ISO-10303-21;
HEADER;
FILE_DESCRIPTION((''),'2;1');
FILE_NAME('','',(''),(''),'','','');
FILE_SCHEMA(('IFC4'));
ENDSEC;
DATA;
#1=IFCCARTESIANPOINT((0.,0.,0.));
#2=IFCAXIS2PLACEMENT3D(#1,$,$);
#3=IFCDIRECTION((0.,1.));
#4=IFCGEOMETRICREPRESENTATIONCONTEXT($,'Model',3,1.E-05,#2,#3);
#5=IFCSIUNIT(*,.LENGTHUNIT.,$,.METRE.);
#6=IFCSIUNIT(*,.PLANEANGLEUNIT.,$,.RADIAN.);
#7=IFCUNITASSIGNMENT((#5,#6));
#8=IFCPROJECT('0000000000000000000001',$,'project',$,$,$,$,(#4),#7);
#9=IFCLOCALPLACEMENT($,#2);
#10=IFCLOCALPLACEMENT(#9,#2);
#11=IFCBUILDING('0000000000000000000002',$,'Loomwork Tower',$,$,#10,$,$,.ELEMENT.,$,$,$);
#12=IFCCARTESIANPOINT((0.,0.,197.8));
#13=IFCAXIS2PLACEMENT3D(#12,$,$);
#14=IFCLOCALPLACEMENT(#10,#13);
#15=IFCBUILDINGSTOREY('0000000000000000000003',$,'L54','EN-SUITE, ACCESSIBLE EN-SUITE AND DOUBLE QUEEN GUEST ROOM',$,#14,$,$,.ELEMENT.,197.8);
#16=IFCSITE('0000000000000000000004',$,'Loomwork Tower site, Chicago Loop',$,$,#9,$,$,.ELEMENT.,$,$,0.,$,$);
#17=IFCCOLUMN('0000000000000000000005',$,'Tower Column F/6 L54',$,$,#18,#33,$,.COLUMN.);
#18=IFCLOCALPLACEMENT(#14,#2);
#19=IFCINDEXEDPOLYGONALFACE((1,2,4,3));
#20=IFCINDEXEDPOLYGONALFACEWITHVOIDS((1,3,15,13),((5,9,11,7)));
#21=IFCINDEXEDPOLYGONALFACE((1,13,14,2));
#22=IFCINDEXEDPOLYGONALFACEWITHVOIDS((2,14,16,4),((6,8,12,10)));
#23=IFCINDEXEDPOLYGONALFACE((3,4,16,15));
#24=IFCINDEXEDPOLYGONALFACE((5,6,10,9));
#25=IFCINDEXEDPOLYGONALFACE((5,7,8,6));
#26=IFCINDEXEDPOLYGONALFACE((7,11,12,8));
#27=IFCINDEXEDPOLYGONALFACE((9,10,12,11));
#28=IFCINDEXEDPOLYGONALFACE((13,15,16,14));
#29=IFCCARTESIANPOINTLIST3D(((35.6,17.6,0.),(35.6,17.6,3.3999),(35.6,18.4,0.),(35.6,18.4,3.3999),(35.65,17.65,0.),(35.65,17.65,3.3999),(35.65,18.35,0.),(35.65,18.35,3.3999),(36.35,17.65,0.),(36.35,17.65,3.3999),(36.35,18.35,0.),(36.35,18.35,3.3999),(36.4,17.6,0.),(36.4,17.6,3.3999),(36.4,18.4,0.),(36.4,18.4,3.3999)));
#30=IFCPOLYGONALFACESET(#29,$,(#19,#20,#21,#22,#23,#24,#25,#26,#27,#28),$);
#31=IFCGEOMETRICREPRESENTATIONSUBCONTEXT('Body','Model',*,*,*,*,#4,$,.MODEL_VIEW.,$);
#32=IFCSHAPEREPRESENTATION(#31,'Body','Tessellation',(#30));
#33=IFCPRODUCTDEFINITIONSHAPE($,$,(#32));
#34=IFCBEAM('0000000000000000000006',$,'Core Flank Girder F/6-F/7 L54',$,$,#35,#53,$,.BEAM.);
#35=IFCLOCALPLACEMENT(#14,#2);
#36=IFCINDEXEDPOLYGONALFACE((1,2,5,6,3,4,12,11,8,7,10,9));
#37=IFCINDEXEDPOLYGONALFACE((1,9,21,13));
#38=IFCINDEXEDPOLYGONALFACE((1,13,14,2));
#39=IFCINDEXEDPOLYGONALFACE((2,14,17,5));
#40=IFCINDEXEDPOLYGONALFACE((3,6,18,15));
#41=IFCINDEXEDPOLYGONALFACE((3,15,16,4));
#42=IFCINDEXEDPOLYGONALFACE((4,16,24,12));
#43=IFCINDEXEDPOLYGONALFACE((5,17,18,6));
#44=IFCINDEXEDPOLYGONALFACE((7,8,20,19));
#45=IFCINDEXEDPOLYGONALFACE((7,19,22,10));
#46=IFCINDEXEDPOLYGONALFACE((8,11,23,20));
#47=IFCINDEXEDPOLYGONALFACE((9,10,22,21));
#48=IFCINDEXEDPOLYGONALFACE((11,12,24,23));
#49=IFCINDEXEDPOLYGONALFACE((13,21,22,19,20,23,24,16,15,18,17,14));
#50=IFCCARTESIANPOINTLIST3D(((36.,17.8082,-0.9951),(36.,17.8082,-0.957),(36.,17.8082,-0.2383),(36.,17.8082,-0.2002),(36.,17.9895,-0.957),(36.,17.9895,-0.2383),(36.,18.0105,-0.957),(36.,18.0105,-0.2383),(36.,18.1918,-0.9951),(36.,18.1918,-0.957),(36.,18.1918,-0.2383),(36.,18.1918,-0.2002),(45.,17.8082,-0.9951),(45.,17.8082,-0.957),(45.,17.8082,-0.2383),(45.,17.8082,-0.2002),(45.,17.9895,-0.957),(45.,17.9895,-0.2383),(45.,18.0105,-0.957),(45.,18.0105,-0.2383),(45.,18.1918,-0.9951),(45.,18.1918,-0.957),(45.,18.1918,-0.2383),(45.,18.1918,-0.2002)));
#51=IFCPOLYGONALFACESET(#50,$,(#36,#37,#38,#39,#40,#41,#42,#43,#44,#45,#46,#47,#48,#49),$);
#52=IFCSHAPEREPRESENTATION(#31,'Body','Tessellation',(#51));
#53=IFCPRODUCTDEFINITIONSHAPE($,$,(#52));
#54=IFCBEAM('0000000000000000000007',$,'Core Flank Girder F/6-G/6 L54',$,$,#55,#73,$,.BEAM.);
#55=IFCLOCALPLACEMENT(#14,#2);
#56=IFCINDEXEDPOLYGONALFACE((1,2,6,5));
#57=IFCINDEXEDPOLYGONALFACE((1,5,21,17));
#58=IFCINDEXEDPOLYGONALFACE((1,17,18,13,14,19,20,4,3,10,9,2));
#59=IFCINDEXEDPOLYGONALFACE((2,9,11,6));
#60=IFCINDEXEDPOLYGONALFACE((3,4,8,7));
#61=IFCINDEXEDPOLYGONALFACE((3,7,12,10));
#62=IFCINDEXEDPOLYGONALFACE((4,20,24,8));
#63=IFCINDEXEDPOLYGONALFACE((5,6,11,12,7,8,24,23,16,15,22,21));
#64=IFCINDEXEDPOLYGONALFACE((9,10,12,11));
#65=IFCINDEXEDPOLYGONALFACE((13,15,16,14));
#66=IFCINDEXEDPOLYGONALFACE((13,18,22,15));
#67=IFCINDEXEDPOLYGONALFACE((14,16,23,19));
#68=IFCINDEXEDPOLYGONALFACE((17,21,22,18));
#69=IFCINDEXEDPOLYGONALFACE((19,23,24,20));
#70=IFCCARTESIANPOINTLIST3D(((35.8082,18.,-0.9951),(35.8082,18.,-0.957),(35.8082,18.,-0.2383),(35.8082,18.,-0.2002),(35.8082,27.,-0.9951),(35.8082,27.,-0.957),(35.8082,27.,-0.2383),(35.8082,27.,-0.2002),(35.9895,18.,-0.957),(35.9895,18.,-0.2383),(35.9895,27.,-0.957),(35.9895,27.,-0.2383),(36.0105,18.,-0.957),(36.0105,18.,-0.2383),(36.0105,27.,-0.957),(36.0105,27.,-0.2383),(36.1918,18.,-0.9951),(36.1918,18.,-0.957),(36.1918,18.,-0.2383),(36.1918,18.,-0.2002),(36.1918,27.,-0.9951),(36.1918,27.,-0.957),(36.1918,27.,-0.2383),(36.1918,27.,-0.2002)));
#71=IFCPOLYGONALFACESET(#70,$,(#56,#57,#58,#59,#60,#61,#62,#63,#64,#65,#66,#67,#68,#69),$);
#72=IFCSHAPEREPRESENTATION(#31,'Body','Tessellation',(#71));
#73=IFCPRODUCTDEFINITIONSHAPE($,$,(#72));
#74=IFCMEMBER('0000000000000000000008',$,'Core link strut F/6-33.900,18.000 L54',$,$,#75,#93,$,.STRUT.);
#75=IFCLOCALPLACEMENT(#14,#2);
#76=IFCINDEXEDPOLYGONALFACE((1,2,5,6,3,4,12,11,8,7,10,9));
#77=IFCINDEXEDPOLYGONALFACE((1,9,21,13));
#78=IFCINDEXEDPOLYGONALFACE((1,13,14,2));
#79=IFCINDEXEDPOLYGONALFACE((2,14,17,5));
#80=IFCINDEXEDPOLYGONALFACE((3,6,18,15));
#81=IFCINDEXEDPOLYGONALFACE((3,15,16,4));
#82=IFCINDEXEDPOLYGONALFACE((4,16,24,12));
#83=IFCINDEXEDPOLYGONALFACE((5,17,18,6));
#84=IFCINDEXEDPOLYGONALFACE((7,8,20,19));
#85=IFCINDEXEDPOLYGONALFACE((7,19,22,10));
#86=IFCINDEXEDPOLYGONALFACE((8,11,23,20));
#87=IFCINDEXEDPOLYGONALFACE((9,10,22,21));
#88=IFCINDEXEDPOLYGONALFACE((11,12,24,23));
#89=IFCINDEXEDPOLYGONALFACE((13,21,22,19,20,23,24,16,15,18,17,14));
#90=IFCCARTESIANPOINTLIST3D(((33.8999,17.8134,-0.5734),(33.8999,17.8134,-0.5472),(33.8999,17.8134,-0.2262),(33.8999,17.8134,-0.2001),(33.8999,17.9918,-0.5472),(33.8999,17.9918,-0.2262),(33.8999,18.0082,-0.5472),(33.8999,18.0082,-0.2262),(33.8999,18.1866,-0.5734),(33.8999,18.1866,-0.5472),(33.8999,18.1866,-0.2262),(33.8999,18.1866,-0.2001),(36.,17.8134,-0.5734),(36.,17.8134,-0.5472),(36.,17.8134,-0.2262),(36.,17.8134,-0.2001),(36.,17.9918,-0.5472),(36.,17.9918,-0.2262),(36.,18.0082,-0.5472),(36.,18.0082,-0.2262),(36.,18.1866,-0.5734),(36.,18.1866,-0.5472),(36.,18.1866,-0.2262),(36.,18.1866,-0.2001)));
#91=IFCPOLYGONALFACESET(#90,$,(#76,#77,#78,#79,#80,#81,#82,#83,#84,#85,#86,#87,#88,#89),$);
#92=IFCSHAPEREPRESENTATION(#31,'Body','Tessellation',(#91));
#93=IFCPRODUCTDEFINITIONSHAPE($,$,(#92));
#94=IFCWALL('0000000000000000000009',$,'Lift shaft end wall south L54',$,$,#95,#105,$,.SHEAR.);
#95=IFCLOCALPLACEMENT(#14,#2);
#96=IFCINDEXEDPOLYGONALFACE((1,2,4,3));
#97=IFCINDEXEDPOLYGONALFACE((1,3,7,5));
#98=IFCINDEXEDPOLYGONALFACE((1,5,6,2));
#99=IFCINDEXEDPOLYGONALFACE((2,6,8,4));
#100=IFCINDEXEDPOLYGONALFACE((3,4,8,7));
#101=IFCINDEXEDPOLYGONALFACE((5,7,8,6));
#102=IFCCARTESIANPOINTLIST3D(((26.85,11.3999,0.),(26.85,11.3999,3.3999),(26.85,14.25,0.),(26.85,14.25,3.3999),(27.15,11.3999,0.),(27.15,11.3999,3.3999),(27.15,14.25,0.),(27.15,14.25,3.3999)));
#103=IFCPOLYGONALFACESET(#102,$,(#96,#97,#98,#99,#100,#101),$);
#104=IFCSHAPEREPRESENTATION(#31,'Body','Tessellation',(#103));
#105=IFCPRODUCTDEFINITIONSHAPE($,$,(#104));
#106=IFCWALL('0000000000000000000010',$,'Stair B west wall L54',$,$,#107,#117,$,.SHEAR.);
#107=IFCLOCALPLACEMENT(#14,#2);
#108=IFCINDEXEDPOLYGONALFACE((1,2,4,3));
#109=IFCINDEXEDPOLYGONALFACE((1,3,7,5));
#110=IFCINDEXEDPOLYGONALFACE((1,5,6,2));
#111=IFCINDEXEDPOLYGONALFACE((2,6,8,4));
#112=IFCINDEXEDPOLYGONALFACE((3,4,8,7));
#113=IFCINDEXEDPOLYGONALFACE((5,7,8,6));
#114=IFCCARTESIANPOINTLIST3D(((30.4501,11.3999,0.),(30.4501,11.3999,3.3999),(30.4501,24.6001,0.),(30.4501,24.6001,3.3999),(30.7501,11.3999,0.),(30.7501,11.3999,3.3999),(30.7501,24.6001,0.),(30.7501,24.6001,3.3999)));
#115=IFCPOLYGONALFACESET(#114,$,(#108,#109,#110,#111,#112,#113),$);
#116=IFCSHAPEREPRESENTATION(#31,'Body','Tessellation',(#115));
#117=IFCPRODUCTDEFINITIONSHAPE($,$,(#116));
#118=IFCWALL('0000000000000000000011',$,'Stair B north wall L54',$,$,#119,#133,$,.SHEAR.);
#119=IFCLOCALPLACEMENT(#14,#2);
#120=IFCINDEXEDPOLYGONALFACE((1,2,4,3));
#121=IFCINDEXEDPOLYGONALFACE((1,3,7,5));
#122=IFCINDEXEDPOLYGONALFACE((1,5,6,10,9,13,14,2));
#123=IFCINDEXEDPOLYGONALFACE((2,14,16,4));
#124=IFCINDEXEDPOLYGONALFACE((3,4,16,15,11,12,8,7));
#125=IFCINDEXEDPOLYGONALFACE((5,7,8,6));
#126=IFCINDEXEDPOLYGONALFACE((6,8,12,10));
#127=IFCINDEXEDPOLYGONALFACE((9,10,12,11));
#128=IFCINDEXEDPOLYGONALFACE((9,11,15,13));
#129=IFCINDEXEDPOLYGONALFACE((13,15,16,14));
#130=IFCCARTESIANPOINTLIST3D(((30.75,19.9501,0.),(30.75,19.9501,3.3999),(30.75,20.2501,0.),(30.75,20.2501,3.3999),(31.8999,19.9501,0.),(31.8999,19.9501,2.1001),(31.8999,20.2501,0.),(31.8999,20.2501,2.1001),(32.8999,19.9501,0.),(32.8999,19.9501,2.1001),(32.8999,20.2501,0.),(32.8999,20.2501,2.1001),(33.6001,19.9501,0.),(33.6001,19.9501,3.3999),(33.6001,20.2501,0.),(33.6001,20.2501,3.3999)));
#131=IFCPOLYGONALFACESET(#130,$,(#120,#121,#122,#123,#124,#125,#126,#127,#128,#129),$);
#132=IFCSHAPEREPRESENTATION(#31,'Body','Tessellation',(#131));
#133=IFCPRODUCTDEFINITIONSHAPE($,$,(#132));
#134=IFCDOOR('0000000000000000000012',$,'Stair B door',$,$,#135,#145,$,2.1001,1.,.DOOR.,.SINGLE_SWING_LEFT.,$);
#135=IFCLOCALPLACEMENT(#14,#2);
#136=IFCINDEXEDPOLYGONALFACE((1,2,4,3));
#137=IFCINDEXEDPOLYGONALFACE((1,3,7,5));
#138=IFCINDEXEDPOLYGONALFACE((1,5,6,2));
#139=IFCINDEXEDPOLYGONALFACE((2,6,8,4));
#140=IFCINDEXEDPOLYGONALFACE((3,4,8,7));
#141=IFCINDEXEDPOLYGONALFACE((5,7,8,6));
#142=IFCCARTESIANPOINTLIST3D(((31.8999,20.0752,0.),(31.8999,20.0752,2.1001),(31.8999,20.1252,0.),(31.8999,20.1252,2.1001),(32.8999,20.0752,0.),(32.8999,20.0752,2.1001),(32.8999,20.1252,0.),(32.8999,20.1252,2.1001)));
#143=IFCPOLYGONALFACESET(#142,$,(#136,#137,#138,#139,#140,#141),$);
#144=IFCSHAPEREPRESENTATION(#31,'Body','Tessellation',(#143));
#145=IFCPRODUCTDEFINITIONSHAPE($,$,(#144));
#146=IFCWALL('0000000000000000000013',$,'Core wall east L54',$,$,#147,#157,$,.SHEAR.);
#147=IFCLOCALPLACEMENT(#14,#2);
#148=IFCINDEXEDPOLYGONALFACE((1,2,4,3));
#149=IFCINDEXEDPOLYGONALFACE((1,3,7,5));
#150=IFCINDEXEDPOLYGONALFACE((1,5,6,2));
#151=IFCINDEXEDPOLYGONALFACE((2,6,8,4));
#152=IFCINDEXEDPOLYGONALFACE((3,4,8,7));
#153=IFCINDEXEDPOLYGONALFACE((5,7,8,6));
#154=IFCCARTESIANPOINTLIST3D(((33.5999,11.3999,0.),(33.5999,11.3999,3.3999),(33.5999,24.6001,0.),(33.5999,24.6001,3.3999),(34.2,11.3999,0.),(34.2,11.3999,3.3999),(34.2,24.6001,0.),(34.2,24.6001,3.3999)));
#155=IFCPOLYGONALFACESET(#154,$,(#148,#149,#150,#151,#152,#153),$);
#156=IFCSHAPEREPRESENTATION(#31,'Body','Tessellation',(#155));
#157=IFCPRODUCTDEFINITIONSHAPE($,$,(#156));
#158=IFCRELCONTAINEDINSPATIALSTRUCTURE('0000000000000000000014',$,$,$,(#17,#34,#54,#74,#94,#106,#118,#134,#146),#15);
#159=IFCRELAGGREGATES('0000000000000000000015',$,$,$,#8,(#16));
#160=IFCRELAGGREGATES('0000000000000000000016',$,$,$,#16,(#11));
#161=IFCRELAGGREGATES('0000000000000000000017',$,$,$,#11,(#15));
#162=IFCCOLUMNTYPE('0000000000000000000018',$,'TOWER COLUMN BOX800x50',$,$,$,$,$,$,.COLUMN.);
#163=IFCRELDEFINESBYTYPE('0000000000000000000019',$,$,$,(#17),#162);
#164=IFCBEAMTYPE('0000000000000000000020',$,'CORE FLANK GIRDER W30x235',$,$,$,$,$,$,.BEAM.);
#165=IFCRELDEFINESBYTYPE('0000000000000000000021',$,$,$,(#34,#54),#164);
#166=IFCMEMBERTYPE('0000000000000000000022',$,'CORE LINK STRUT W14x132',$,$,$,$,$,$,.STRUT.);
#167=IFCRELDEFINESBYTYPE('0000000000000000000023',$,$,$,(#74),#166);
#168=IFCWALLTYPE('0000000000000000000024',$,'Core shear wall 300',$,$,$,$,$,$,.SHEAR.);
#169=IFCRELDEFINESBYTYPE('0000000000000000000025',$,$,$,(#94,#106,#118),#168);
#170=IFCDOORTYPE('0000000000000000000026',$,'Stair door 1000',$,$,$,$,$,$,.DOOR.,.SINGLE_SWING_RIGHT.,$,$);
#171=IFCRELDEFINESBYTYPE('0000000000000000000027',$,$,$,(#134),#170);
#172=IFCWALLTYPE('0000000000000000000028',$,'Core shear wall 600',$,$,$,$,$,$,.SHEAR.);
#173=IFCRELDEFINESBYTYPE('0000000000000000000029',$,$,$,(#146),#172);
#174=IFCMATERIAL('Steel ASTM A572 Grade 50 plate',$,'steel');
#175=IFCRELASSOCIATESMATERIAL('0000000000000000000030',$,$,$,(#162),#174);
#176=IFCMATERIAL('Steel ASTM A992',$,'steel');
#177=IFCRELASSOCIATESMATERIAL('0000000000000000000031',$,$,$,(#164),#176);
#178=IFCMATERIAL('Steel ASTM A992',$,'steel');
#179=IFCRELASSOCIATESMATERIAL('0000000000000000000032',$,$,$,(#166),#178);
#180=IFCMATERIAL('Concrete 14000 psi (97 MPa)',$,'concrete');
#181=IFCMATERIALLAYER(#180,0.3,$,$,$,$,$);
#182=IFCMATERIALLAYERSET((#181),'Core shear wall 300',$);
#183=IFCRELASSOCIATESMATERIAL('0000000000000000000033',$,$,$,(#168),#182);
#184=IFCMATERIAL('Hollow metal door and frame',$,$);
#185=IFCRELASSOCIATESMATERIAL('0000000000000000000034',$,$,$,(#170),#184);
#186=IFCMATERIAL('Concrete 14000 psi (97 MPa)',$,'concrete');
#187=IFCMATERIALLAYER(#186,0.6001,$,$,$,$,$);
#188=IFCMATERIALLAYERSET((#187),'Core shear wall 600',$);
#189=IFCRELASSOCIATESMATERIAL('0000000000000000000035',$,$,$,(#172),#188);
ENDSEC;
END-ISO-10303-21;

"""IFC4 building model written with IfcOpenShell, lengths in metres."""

from ifc_helpers import new_model, si_unit, direction, frame, frame_2d, origin, origin_2d, place, context, subcontext, project, spatial, rectangle, hollow_rectangle, i_section, extrude, material, layer, layer_set, material_profile, profile_set, type_object, element, fill, save


model = new_model("IFC4")

# Units and contexts
model_context = context("Model", 3, precision=1e-05, world=origin(), true_north=direction((0.0, 1.0)))
body_context = subcontext(model_context, "Body", "Model", "MODEL_VIEW")
ifc_project = project(units=[si_unit("LENGTHUNIT", "METRE"), si_unit("PLANEANGLEUNIT", "RADIAN")], contexts=[model_context])

# Site, building, storey
site_placement = place(None, origin())
site = spatial("IfcSite", under=ifc_project, at=site_placement, Name="Loomwork Tower site, Chicago Loop", CompositionType="ELEMENT", RefElevation=0.0)
building_placement = place(site_placement, origin())
building = spatial("IfcBuilding", under=site, at=building_placement, Name="Loomwork Tower", CompositionType="ELEMENT")
storey_placement = place(building_placement, frame((0.0, 0.0, 197.8)))
storey = spatial("IfcBuildingStorey", under=building, at=storey_placement, Name="L54", Description="EN-SUITE, ACCESSIBLE EN-SUITE AND DOUBLE QUEEN GUEST ROOM", CompositionType="ELEMENT", Elevation=197.8)

# Column
ifc_material_1 = material(Name="Steel ASTM A572 Grade 50 plate", Category="steel")
ifc_material_profile_1 = material_profile(ifc_material_1, hollow_rectangle(XDim=0.8, YDim=0.8, WallThickness=0.05, at=origin_2d()), Name="BOX800x50")
ifc_profile_set_1 = profile_set([ifc_material_profile_1], Name="Steel ASTM A572 Grade 50 plate")
column_type = type_object("IfcColumnType", Name="TOWER COLUMN BOX800x50", PredefinedType="COLUMN", material=ifc_profile_set_1)
column_placement = place(storey_placement, frame((36.0, 18.0, 0.0), z_axis=(0.0, 0.0, 1.0), x_axis=(0.0, 1.0, 0.0)))
element("IfcColumn", 1, at=column_placement, inside=storey, type_object=column_type, Name="Tower Column F/6 L54", PredefinedType="COLUMN", context=body_context, shape_type="SweptSolid", body=[
    extrude(hollow_rectangle(XDim=0.8, YDim=0.8, WallThickness=0.05, at=origin_2d()), origin(), (0.0, 0.0, 1.0), 3.3999),
])

# Beams
ifc_material_2 = material(Name="Steel ASTM A992", Category="steel")
ifc_material_profile_2 = material_profile(ifc_material_2, i_section(OverallWidth=0.3835, OverallDepth=0.7949, WebThickness=0.021, FlangeThickness=0.0381, at=origin_2d()), Name="W30x235")
ifc_profile_set_2 = profile_set([ifc_material_profile_2], Name="Steel ASTM A992")
beam_type = type_object("IfcBeamType", Name="CORE FLANK GIRDER W30x235", PredefinedType="BEAM", material=ifc_profile_set_2)
for number, where, z_axis, x_axis, name in (
    (2, (36.0, 18.0, -0.5977), (1.0, 0.0, 0.0), (0.0, 1.0, 0.0), "Core Flank Girder F/6-F/7 L54"),
    (3, (36.0, 18.0, -0.5977), (0.0, 1.0, 0.0), (-1.0, 0.0, 0.0), "Core Flank Girder F/6-G/6 L54"),
):
    element("IfcBeam", number, at=place(storey_placement, frame(where, z_axis=z_axis, x_axis=x_axis)), inside=storey, type_object=beam_type, Name=name, PredefinedType="BEAM", context=body_context, shape_type="SweptSolid", body=[
        extrude(i_section(OverallWidth=0.3835, OverallDepth=0.7949, WebThickness=0.021, FlangeThickness=0.0381, at=origin_2d()), origin(), (0.0, 0.0, 1.0), 9.0),
    ])

# Member
ifc_material_3 = material(Name="Steel ASTM A992", Category="steel")
ifc_material_profile_3 = material_profile(ifc_material_3, i_section(OverallWidth=0.3733, OverallDepth=0.3733, WebThickness=0.0164, FlangeThickness=0.0261, at=origin_2d()), Name="W14x132")
ifc_profile_set_3 = profile_set([ifc_material_profile_3], Name="Steel ASTM A992")
member_type = type_object("IfcMemberType", Name="CORE LINK STRUT W14x132", PredefinedType="STRUT", material=ifc_profile_set_3)
member_placement = place(storey_placement, frame((36.0, 18.0, -0.3867), z_axis=(-1.0, 0.0, 0.0), x_axis=(0.0, -1.0, 0.0)))
element("IfcMember", 4, at=member_placement, inside=storey, type_object=member_type, Name="Core link strut F/6-33.900,18.000 L54", PredefinedType="STRUT", context=body_context, shape_type="SweptSolid", body=[
    extrude(i_section(OverallWidth=0.3733, OverallDepth=0.3733, WebThickness=0.0164, FlangeThickness=0.0261, at=origin_2d()), origin(), (0.0, 0.0, 1.0), 2.1001),
])

# Walls
ifc_material_4 = material(Name="Concrete 14000 psi (97 MPa)", Category="concrete")
ifc_layer_1 = layer(ifc_material_4, 0.3)
ifc_layer_set_1 = layer_set([ifc_layer_1], Name="Core shear wall 300")
wall_type_1 = type_object("IfcWallType", Name="Core shear wall 300", PredefinedType="SHEAR", material=ifc_layer_set_1)
wall_1_placement = place(storey_placement, frame((27.0, 11.3999, 0.0), z_axis=(0.0, 0.0, 1.0), x_axis=(0.0, 1.0, 0.0)))
element("IfcWall", 5, at=wall_1_placement, inside=storey, type_object=wall_type_1, Name="Lift shaft end wall south L54", PredefinedType="SHEAR", context=body_context, shape_type="SweptSolid", body=[
    extrude(rectangle(XDim=2.8501, YDim=0.3, at=frame_2d((1.425, 0.0))), origin(), (0.0, 0.0, 1.0), 3.3999),
])
wall_2_placement = place(storey_placement, frame((30.6001, 11.3999, 0.0), z_axis=(0.0, 0.0, 1.0), x_axis=(0.0, 1.0, 0.0)))
element("IfcWall", 6, at=wall_2_placement, inside=storey, type_object=wall_type_1, Name="Stair B west wall L54", PredefinedType="SHEAR", context=body_context, shape_type="SweptSolid", body=[
    extrude(rectangle(XDim=13.2002, YDim=0.3, at=frame_2d((6.6001, 0.0))), origin(), (0.0, 0.0, 1.0), 3.3999),
])

# Wall, opening, door
wall_3_placement = place(storey_placement, frame((30.75, 20.1001, 0.0), z_axis=(0.0, 0.0, 1.0), x_axis=(1.0, 0.0, 0.0)))
wall_3 = element("IfcWall", 7, at=wall_3_placement, inside=storey, type_object=wall_type_1, Name="Stair B north wall L54", PredefinedType="SHEAR", context=body_context, shape_type="SweptSolid", body=[
    extrude(rectangle(XDim=2.8501, YDim=0.3, at=frame_2d((1.425, 0.0))), origin(), (0.0, 0.0, 1.0), 3.3999),
])
opening_1_placement = place(wall_3_placement, frame((1.1499, 0.0, 0.0)))
opening_1 = element("IfcOpeningElement", 8, at=opening_1_placement, cuts=wall_3, PredefinedType="OPENING", context=body_context, shape_type="SweptSolid", body=[
    extrude(rectangle(XDim=1.0, YDim=2.1001, at=frame_2d((0.5, 1.05))), frame((0.0, 0.1599, 0.0), z_axis=(0.0, -1.0, 0.0), x_axis=(1.0, 0.0, 0.0)), (0.0, 0.0, 1.0), 0.3201),
])
ifc_material_5 = material(Name="Hollow metal door and frame")
door_type_1 = type_object("IfcDoorType", Name="Stair door 1000", OperationType="SINGLE_SWING_RIGHT", PredefinedType="DOOR", material=ifc_material_5)
door_1_placement = place(opening_1_placement, frame((1.0, 0.0, 0.0), z_axis=(0.0, 0.0, 1.0), x_axis=(-1.0, 0.0, 0.0)))
door_1 = element("IfcDoor", 9, at=door_1_placement, inside=storey, type_object=door_type_1, Name="Stair B door", OperationType="SINGLE_SWING_LEFT", OverallHeight=2.1001, OverallWidth=1.0, PredefinedType="DOOR", context=body_context, shape_type="SweptSolid", body=[
    extrude(rectangle(XDim=1.0, YDim=2.1001, at=frame_2d((0.5, 1.05))), frame((0.0, 0.0249, 0.0), z_axis=(0.0, -1.0, 0.0), x_axis=(1.0, 0.0, 0.0)), (0.0, 0.0, 1.0), 0.05),
])
fill(opening_1, door_1)

# Wall
ifc_material_6 = material(Name="Concrete 14000 psi (97 MPa)", Category="concrete")
ifc_layer_2 = layer(ifc_material_6, 0.6001)
ifc_layer_set_2 = layer_set([ifc_layer_2], Name="Core shear wall 600")
wall_type_2 = type_object("IfcWallType", Name="Core shear wall 600", PredefinedType="SHEAR", material=ifc_layer_set_2)
wall_4_placement = place(storey_placement, frame((33.8999, 11.3999, 0.0), z_axis=(0.0, 0.0, 1.0), x_axis=(0.0, 1.0, 0.0)))
element("IfcWall", 10, at=wall_4_placement, inside=storey, type_object=wall_type_2, Name="Core wall east L54", PredefinedType="SHEAR", context=body_context, shape_type="SweptSolid", body=[
    extrude(rectangle(XDim=13.2002, YDim=0.6001, at=frame_2d((6.6001, 0.0))), origin(), (0.0, 0.0, 1.0), 3.3999),
])

save(model, "model.ifc")
